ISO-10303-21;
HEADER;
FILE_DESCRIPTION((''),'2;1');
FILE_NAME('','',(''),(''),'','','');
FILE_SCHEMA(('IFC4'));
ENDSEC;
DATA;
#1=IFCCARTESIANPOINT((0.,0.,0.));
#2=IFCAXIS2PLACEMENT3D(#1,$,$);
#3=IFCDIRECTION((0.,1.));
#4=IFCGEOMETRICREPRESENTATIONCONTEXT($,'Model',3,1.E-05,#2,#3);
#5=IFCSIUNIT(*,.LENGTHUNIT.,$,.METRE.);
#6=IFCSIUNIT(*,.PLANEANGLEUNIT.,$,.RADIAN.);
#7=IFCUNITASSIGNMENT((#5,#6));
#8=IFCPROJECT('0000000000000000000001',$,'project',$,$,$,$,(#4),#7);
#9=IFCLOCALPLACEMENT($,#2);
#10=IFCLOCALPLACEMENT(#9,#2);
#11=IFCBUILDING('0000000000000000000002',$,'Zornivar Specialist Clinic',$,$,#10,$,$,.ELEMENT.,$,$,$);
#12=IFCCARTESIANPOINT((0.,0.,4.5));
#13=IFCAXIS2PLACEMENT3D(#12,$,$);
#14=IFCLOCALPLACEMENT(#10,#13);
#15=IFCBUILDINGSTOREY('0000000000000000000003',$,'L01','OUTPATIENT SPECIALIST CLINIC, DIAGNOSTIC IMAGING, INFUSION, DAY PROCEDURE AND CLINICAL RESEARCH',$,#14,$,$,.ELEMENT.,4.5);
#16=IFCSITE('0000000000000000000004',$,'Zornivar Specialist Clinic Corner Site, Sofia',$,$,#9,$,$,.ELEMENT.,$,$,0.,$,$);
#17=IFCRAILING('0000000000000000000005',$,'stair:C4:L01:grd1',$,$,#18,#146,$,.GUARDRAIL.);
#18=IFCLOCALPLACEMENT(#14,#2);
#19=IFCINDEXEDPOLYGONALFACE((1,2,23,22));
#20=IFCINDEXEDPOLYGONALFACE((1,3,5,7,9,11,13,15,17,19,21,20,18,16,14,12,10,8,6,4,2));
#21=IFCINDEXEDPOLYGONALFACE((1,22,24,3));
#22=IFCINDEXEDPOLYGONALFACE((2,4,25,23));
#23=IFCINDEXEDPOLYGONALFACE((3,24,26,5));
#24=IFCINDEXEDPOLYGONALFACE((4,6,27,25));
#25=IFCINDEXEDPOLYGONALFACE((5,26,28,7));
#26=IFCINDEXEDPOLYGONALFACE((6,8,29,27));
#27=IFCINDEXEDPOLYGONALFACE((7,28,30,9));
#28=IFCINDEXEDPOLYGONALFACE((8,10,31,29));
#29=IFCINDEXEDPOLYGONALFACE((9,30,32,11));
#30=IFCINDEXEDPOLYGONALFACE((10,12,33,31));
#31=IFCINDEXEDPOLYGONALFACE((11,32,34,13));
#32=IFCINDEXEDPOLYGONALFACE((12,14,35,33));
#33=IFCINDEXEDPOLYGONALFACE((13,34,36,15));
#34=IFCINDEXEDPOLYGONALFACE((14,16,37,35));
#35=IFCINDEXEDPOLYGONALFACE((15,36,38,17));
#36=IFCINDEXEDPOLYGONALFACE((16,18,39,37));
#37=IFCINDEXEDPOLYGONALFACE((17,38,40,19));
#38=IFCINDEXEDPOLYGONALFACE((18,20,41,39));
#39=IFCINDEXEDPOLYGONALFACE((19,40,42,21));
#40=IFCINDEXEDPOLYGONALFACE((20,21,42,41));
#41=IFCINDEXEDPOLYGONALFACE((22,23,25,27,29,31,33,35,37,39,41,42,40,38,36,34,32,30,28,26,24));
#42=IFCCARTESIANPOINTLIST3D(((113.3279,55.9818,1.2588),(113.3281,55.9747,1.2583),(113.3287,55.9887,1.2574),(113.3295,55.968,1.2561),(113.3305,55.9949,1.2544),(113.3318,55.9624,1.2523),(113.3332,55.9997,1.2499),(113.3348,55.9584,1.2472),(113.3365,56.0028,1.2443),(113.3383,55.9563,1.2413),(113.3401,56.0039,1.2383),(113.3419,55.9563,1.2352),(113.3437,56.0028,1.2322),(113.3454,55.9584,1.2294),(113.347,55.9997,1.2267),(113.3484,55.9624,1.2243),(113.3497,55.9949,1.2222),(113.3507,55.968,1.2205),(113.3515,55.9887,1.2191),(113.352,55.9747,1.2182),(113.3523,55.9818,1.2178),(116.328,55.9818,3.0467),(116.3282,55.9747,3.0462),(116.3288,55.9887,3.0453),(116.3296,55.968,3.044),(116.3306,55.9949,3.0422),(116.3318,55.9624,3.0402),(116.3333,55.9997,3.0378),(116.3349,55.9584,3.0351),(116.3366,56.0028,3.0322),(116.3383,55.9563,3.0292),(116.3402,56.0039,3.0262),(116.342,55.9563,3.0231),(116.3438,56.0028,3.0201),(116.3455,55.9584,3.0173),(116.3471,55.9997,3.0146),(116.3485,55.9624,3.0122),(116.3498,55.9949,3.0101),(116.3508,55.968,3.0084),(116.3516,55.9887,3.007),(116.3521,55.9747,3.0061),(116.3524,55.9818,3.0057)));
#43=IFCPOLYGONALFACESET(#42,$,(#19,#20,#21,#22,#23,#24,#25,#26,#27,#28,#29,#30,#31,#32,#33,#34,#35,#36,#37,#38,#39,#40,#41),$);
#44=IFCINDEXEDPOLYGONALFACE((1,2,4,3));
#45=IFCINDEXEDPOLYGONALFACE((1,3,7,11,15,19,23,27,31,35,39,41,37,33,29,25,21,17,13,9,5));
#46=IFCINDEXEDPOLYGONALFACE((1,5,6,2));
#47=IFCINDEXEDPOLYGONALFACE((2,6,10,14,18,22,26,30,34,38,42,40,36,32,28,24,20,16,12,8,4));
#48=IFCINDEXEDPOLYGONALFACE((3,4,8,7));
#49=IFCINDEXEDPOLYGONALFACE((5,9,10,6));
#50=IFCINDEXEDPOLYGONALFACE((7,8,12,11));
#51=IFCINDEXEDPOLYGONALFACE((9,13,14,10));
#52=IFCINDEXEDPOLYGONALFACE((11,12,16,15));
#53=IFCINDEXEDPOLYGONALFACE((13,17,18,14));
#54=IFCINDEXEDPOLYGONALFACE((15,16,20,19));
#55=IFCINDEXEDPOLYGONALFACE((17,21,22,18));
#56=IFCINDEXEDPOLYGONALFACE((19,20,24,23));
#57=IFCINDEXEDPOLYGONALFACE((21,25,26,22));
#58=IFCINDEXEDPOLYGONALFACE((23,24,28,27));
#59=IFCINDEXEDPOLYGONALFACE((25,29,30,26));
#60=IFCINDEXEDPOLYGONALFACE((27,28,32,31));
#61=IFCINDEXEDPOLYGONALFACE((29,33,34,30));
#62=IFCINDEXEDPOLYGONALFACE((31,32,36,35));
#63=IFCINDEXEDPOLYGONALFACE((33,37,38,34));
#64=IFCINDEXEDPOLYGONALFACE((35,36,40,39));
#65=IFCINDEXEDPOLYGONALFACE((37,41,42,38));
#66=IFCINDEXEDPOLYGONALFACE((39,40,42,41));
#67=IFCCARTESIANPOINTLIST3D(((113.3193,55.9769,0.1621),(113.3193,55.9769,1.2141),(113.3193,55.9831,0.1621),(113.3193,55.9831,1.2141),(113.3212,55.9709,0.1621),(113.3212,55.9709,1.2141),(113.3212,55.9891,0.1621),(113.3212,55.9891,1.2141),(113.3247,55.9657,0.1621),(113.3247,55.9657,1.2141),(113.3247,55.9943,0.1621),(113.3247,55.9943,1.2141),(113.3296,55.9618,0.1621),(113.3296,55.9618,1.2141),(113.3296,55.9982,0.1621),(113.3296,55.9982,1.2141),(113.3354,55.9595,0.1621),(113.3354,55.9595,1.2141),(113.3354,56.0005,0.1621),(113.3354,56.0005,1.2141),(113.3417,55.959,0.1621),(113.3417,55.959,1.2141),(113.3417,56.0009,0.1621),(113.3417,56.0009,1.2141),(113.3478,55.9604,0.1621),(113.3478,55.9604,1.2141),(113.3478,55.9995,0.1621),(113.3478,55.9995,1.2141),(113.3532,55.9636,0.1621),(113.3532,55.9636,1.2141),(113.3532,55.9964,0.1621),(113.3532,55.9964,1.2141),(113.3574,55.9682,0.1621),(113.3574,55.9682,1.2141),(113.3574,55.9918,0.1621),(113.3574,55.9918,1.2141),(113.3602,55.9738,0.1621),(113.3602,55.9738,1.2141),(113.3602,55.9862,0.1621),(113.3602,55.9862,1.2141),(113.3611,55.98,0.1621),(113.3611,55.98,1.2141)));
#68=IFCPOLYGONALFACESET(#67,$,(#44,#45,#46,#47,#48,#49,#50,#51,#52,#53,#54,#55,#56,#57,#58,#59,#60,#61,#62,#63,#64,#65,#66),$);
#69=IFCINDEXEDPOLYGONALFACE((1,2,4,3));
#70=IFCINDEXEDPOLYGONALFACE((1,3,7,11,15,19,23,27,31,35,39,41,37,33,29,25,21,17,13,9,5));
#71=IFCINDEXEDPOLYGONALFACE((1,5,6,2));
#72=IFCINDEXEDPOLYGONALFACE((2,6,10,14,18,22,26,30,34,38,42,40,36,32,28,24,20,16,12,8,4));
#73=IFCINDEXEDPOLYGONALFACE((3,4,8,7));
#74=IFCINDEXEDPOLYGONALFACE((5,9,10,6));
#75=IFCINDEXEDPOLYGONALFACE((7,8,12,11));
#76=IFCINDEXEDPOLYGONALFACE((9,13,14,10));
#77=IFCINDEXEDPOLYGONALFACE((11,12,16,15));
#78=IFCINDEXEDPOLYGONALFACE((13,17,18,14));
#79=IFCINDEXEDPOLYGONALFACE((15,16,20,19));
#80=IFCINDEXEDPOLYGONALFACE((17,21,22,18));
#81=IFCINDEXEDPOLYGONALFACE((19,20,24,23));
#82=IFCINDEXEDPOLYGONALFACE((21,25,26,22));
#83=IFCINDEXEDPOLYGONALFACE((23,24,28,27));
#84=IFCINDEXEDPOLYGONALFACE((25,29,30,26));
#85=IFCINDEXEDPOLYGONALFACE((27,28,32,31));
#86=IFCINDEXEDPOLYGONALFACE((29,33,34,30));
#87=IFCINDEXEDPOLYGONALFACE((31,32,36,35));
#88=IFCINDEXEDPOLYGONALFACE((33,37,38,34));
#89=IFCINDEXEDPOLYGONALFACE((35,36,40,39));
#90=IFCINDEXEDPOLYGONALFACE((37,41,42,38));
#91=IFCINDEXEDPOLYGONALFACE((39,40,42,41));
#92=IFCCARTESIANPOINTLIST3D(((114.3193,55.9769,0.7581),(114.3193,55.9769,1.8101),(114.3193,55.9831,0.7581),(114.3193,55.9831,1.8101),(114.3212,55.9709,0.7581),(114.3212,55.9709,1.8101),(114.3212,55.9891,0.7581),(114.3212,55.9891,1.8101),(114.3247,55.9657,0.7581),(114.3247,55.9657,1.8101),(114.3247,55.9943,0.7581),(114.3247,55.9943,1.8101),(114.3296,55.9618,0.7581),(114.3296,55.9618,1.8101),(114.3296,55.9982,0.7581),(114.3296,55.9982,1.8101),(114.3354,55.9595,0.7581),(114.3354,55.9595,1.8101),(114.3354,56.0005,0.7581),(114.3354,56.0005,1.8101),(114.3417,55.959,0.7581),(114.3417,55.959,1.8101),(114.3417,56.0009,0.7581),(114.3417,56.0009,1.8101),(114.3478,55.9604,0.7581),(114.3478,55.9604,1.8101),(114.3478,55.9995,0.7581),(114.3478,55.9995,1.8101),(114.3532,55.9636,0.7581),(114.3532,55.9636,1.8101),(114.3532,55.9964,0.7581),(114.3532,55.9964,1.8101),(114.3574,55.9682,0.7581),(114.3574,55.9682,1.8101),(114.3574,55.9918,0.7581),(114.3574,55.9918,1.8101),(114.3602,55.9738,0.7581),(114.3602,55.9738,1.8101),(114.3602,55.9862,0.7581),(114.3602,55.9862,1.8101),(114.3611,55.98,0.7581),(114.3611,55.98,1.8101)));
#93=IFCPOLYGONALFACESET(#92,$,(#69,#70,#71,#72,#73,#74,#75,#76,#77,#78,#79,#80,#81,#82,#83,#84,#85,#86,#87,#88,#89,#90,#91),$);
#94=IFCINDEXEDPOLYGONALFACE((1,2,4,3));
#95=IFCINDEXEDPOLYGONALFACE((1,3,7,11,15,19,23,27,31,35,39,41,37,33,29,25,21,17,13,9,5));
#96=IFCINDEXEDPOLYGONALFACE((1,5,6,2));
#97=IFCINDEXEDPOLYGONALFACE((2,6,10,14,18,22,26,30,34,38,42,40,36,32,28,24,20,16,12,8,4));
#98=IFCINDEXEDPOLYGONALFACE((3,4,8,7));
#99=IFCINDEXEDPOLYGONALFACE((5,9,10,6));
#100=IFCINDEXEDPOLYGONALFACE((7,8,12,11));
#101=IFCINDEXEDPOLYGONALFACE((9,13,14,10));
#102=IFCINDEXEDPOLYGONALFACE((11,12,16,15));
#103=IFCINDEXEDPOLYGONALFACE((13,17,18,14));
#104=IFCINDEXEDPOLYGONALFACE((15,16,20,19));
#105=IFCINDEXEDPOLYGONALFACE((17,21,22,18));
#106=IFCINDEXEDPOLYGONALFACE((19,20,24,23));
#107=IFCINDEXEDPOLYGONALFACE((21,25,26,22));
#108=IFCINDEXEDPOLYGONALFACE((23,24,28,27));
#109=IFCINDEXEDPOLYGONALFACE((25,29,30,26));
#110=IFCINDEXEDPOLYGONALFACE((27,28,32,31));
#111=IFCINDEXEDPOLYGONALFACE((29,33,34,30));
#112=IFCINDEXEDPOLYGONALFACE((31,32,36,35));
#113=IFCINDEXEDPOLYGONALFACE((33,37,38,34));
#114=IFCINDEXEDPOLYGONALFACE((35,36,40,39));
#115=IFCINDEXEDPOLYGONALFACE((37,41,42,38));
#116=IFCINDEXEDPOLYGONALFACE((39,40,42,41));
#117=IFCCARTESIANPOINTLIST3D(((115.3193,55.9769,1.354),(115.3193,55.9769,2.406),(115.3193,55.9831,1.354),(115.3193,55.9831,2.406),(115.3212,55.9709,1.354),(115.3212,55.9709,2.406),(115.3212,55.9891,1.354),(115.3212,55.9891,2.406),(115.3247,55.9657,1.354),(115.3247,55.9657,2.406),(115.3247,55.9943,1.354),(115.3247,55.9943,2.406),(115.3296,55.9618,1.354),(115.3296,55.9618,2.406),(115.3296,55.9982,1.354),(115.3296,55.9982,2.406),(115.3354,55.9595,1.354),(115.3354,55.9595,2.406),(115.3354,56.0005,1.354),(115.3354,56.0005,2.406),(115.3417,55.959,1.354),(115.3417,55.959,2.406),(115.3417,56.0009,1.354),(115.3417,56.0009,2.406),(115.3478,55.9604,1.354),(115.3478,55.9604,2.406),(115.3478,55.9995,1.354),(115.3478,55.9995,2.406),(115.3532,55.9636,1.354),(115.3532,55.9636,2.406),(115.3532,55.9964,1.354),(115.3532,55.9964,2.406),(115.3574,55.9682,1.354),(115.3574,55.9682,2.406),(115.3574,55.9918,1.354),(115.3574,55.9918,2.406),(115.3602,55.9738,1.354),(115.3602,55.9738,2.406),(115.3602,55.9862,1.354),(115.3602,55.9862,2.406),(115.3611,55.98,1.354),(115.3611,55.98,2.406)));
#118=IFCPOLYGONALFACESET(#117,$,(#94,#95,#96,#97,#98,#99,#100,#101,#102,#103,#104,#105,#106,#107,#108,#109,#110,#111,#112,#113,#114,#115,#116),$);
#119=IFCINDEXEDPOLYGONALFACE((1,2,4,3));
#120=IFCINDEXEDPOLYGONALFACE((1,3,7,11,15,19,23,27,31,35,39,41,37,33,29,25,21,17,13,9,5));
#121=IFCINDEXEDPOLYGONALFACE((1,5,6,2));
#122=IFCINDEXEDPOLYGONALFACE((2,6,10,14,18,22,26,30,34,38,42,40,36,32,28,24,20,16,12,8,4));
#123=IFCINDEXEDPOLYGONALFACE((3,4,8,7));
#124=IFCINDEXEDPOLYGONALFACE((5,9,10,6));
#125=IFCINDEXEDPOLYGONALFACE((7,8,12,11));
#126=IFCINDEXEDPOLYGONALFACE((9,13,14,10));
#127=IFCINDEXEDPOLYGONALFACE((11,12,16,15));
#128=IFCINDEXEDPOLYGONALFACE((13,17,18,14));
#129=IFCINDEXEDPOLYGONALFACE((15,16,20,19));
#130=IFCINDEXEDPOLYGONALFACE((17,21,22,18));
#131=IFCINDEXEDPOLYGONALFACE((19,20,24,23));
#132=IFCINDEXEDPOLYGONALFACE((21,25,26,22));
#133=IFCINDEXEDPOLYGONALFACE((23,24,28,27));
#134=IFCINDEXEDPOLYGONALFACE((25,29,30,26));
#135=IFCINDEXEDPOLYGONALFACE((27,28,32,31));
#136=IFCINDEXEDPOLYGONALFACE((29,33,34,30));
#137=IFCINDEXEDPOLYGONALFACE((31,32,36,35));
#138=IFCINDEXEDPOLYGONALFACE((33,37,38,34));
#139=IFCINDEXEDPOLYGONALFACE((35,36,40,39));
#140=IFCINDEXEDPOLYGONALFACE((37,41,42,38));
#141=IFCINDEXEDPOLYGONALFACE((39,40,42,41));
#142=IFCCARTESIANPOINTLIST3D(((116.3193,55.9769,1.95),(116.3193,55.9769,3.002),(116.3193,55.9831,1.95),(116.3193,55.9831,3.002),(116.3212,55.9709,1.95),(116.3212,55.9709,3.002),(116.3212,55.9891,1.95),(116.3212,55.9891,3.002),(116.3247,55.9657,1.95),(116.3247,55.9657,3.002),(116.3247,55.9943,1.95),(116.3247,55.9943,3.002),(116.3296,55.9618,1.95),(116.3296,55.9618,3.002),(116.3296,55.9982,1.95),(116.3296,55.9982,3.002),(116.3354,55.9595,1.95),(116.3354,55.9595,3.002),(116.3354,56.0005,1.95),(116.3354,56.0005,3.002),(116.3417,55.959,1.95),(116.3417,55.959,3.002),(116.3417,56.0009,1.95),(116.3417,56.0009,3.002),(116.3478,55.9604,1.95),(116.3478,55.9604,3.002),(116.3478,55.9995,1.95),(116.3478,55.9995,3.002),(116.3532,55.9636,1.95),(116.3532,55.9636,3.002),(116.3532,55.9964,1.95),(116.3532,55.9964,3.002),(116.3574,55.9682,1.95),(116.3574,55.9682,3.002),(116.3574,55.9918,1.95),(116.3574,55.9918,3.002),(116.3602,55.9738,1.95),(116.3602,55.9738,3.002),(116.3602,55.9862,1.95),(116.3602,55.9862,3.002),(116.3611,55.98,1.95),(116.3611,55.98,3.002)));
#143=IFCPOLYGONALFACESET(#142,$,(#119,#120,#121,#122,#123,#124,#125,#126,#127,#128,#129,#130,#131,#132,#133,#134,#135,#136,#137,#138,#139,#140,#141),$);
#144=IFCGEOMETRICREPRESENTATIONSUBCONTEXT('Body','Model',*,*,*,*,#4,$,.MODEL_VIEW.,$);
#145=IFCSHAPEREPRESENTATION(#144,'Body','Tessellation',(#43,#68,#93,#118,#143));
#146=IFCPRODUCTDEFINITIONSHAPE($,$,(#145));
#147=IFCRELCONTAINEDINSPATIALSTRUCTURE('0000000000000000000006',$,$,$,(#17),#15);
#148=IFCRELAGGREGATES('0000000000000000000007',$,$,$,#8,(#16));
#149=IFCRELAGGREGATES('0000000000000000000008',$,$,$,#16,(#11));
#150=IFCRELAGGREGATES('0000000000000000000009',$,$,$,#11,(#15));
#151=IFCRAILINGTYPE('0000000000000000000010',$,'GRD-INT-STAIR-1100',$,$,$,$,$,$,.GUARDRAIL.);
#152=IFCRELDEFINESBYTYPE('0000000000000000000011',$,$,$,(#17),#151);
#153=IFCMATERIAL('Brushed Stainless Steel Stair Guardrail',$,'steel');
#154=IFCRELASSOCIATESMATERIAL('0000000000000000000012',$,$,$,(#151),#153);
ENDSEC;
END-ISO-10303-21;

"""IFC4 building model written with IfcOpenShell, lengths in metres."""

from ifc_helpers import new_model, si_unit, direction, frame, origin, origin_2d, place, context, subcontext, project, spatial, circle, extrude, material, type_object, element, save


model = new_model("IFC4")

# Units and contexts
model_context = context("Model", 3, precision=1e-05, world=origin(), true_north=direction((0.0, 1.0)))
body_context = subcontext(model_context, "Body", "Model", "MODEL_VIEW")
ifc_project = project(units=[si_unit("LENGTHUNIT", "METRE"), si_unit("PLANEANGLEUNIT", "RADIAN")], contexts=[model_context])

# Site, building, storey
site_placement = place(None, origin())
site = spatial("IfcSite", under=ifc_project, at=site_placement, Name="Zornivar Specialist Clinic Corner Site, Sofia", CompositionType="ELEMENT", RefElevation=0.0)
building_placement = place(site_placement, origin())
building = spatial("IfcBuilding", under=site, at=building_placement, Name="Zornivar Specialist Clinic", CompositionType="ELEMENT")
storey_placement = place(building_placement, frame((0.0, 0.0, 4.5)))
storey = spatial("IfcBuildingStorey", under=building, at=storey_placement, Name="L01", Description="OUTPATIENT SPECIALIST CLINIC, DIAGNOSTIC IMAGING, INFUSION, DAY PROCEDURE AND CLINICAL RESEARCH", CompositionType="ELEMENT", Elevation=4.5)

# Railing
ifc_material_1 = material(Name="Brushed Stainless Steel Stair Guardrail", Category="steel")
railing_type_1 = type_object("IfcRailingType", Name="GRD-INT-STAIR-1100", PredefinedType="GUARDRAIL", material=ifc_material_1)
railing_1_placement = place(storey_placement, frame((113.3401, 55.98, 0.1621)))
element("IfcRailing", 1, at=railing_1_placement, inside=storey, type_object=railing_type_1, Name="stair:C4:L01:grd1", PredefinedType="GUARDRAIL", context=body_context, shape_type="SweptSolid", body=[
    extrude(circle(Radius=0.0239, at=origin_2d()), frame((0.0, 0.0, 1.0762), z_axis=(0.859025, 0.0, 0.511934), x_axis=(0.0, 1.0, 0.0)), (0.0, 0.0, 1.0), 3.4924),
    extrude(circle(Radius=0.021, at=origin_2d()), origin(), (0.0, 0.0, 1.0), 1.052),
    extrude(circle(Radius=0.021, at=origin_2d()), frame((1.0, 0.0, 0.5959)), (0.0, 0.0, 1.0), 1.052),
    extrude(circle(Radius=0.021, at=origin_2d()), frame((2.0, 0.0, 1.1919)), (0.0, 0.0, 1.0), 1.052),
    extrude(circle(Radius=0.021, at=origin_2d()), frame((3.0, 0.0, 1.7878)), (0.0, 0.0, 1.0), 1.052),
])

save(model, "model.ifc")
